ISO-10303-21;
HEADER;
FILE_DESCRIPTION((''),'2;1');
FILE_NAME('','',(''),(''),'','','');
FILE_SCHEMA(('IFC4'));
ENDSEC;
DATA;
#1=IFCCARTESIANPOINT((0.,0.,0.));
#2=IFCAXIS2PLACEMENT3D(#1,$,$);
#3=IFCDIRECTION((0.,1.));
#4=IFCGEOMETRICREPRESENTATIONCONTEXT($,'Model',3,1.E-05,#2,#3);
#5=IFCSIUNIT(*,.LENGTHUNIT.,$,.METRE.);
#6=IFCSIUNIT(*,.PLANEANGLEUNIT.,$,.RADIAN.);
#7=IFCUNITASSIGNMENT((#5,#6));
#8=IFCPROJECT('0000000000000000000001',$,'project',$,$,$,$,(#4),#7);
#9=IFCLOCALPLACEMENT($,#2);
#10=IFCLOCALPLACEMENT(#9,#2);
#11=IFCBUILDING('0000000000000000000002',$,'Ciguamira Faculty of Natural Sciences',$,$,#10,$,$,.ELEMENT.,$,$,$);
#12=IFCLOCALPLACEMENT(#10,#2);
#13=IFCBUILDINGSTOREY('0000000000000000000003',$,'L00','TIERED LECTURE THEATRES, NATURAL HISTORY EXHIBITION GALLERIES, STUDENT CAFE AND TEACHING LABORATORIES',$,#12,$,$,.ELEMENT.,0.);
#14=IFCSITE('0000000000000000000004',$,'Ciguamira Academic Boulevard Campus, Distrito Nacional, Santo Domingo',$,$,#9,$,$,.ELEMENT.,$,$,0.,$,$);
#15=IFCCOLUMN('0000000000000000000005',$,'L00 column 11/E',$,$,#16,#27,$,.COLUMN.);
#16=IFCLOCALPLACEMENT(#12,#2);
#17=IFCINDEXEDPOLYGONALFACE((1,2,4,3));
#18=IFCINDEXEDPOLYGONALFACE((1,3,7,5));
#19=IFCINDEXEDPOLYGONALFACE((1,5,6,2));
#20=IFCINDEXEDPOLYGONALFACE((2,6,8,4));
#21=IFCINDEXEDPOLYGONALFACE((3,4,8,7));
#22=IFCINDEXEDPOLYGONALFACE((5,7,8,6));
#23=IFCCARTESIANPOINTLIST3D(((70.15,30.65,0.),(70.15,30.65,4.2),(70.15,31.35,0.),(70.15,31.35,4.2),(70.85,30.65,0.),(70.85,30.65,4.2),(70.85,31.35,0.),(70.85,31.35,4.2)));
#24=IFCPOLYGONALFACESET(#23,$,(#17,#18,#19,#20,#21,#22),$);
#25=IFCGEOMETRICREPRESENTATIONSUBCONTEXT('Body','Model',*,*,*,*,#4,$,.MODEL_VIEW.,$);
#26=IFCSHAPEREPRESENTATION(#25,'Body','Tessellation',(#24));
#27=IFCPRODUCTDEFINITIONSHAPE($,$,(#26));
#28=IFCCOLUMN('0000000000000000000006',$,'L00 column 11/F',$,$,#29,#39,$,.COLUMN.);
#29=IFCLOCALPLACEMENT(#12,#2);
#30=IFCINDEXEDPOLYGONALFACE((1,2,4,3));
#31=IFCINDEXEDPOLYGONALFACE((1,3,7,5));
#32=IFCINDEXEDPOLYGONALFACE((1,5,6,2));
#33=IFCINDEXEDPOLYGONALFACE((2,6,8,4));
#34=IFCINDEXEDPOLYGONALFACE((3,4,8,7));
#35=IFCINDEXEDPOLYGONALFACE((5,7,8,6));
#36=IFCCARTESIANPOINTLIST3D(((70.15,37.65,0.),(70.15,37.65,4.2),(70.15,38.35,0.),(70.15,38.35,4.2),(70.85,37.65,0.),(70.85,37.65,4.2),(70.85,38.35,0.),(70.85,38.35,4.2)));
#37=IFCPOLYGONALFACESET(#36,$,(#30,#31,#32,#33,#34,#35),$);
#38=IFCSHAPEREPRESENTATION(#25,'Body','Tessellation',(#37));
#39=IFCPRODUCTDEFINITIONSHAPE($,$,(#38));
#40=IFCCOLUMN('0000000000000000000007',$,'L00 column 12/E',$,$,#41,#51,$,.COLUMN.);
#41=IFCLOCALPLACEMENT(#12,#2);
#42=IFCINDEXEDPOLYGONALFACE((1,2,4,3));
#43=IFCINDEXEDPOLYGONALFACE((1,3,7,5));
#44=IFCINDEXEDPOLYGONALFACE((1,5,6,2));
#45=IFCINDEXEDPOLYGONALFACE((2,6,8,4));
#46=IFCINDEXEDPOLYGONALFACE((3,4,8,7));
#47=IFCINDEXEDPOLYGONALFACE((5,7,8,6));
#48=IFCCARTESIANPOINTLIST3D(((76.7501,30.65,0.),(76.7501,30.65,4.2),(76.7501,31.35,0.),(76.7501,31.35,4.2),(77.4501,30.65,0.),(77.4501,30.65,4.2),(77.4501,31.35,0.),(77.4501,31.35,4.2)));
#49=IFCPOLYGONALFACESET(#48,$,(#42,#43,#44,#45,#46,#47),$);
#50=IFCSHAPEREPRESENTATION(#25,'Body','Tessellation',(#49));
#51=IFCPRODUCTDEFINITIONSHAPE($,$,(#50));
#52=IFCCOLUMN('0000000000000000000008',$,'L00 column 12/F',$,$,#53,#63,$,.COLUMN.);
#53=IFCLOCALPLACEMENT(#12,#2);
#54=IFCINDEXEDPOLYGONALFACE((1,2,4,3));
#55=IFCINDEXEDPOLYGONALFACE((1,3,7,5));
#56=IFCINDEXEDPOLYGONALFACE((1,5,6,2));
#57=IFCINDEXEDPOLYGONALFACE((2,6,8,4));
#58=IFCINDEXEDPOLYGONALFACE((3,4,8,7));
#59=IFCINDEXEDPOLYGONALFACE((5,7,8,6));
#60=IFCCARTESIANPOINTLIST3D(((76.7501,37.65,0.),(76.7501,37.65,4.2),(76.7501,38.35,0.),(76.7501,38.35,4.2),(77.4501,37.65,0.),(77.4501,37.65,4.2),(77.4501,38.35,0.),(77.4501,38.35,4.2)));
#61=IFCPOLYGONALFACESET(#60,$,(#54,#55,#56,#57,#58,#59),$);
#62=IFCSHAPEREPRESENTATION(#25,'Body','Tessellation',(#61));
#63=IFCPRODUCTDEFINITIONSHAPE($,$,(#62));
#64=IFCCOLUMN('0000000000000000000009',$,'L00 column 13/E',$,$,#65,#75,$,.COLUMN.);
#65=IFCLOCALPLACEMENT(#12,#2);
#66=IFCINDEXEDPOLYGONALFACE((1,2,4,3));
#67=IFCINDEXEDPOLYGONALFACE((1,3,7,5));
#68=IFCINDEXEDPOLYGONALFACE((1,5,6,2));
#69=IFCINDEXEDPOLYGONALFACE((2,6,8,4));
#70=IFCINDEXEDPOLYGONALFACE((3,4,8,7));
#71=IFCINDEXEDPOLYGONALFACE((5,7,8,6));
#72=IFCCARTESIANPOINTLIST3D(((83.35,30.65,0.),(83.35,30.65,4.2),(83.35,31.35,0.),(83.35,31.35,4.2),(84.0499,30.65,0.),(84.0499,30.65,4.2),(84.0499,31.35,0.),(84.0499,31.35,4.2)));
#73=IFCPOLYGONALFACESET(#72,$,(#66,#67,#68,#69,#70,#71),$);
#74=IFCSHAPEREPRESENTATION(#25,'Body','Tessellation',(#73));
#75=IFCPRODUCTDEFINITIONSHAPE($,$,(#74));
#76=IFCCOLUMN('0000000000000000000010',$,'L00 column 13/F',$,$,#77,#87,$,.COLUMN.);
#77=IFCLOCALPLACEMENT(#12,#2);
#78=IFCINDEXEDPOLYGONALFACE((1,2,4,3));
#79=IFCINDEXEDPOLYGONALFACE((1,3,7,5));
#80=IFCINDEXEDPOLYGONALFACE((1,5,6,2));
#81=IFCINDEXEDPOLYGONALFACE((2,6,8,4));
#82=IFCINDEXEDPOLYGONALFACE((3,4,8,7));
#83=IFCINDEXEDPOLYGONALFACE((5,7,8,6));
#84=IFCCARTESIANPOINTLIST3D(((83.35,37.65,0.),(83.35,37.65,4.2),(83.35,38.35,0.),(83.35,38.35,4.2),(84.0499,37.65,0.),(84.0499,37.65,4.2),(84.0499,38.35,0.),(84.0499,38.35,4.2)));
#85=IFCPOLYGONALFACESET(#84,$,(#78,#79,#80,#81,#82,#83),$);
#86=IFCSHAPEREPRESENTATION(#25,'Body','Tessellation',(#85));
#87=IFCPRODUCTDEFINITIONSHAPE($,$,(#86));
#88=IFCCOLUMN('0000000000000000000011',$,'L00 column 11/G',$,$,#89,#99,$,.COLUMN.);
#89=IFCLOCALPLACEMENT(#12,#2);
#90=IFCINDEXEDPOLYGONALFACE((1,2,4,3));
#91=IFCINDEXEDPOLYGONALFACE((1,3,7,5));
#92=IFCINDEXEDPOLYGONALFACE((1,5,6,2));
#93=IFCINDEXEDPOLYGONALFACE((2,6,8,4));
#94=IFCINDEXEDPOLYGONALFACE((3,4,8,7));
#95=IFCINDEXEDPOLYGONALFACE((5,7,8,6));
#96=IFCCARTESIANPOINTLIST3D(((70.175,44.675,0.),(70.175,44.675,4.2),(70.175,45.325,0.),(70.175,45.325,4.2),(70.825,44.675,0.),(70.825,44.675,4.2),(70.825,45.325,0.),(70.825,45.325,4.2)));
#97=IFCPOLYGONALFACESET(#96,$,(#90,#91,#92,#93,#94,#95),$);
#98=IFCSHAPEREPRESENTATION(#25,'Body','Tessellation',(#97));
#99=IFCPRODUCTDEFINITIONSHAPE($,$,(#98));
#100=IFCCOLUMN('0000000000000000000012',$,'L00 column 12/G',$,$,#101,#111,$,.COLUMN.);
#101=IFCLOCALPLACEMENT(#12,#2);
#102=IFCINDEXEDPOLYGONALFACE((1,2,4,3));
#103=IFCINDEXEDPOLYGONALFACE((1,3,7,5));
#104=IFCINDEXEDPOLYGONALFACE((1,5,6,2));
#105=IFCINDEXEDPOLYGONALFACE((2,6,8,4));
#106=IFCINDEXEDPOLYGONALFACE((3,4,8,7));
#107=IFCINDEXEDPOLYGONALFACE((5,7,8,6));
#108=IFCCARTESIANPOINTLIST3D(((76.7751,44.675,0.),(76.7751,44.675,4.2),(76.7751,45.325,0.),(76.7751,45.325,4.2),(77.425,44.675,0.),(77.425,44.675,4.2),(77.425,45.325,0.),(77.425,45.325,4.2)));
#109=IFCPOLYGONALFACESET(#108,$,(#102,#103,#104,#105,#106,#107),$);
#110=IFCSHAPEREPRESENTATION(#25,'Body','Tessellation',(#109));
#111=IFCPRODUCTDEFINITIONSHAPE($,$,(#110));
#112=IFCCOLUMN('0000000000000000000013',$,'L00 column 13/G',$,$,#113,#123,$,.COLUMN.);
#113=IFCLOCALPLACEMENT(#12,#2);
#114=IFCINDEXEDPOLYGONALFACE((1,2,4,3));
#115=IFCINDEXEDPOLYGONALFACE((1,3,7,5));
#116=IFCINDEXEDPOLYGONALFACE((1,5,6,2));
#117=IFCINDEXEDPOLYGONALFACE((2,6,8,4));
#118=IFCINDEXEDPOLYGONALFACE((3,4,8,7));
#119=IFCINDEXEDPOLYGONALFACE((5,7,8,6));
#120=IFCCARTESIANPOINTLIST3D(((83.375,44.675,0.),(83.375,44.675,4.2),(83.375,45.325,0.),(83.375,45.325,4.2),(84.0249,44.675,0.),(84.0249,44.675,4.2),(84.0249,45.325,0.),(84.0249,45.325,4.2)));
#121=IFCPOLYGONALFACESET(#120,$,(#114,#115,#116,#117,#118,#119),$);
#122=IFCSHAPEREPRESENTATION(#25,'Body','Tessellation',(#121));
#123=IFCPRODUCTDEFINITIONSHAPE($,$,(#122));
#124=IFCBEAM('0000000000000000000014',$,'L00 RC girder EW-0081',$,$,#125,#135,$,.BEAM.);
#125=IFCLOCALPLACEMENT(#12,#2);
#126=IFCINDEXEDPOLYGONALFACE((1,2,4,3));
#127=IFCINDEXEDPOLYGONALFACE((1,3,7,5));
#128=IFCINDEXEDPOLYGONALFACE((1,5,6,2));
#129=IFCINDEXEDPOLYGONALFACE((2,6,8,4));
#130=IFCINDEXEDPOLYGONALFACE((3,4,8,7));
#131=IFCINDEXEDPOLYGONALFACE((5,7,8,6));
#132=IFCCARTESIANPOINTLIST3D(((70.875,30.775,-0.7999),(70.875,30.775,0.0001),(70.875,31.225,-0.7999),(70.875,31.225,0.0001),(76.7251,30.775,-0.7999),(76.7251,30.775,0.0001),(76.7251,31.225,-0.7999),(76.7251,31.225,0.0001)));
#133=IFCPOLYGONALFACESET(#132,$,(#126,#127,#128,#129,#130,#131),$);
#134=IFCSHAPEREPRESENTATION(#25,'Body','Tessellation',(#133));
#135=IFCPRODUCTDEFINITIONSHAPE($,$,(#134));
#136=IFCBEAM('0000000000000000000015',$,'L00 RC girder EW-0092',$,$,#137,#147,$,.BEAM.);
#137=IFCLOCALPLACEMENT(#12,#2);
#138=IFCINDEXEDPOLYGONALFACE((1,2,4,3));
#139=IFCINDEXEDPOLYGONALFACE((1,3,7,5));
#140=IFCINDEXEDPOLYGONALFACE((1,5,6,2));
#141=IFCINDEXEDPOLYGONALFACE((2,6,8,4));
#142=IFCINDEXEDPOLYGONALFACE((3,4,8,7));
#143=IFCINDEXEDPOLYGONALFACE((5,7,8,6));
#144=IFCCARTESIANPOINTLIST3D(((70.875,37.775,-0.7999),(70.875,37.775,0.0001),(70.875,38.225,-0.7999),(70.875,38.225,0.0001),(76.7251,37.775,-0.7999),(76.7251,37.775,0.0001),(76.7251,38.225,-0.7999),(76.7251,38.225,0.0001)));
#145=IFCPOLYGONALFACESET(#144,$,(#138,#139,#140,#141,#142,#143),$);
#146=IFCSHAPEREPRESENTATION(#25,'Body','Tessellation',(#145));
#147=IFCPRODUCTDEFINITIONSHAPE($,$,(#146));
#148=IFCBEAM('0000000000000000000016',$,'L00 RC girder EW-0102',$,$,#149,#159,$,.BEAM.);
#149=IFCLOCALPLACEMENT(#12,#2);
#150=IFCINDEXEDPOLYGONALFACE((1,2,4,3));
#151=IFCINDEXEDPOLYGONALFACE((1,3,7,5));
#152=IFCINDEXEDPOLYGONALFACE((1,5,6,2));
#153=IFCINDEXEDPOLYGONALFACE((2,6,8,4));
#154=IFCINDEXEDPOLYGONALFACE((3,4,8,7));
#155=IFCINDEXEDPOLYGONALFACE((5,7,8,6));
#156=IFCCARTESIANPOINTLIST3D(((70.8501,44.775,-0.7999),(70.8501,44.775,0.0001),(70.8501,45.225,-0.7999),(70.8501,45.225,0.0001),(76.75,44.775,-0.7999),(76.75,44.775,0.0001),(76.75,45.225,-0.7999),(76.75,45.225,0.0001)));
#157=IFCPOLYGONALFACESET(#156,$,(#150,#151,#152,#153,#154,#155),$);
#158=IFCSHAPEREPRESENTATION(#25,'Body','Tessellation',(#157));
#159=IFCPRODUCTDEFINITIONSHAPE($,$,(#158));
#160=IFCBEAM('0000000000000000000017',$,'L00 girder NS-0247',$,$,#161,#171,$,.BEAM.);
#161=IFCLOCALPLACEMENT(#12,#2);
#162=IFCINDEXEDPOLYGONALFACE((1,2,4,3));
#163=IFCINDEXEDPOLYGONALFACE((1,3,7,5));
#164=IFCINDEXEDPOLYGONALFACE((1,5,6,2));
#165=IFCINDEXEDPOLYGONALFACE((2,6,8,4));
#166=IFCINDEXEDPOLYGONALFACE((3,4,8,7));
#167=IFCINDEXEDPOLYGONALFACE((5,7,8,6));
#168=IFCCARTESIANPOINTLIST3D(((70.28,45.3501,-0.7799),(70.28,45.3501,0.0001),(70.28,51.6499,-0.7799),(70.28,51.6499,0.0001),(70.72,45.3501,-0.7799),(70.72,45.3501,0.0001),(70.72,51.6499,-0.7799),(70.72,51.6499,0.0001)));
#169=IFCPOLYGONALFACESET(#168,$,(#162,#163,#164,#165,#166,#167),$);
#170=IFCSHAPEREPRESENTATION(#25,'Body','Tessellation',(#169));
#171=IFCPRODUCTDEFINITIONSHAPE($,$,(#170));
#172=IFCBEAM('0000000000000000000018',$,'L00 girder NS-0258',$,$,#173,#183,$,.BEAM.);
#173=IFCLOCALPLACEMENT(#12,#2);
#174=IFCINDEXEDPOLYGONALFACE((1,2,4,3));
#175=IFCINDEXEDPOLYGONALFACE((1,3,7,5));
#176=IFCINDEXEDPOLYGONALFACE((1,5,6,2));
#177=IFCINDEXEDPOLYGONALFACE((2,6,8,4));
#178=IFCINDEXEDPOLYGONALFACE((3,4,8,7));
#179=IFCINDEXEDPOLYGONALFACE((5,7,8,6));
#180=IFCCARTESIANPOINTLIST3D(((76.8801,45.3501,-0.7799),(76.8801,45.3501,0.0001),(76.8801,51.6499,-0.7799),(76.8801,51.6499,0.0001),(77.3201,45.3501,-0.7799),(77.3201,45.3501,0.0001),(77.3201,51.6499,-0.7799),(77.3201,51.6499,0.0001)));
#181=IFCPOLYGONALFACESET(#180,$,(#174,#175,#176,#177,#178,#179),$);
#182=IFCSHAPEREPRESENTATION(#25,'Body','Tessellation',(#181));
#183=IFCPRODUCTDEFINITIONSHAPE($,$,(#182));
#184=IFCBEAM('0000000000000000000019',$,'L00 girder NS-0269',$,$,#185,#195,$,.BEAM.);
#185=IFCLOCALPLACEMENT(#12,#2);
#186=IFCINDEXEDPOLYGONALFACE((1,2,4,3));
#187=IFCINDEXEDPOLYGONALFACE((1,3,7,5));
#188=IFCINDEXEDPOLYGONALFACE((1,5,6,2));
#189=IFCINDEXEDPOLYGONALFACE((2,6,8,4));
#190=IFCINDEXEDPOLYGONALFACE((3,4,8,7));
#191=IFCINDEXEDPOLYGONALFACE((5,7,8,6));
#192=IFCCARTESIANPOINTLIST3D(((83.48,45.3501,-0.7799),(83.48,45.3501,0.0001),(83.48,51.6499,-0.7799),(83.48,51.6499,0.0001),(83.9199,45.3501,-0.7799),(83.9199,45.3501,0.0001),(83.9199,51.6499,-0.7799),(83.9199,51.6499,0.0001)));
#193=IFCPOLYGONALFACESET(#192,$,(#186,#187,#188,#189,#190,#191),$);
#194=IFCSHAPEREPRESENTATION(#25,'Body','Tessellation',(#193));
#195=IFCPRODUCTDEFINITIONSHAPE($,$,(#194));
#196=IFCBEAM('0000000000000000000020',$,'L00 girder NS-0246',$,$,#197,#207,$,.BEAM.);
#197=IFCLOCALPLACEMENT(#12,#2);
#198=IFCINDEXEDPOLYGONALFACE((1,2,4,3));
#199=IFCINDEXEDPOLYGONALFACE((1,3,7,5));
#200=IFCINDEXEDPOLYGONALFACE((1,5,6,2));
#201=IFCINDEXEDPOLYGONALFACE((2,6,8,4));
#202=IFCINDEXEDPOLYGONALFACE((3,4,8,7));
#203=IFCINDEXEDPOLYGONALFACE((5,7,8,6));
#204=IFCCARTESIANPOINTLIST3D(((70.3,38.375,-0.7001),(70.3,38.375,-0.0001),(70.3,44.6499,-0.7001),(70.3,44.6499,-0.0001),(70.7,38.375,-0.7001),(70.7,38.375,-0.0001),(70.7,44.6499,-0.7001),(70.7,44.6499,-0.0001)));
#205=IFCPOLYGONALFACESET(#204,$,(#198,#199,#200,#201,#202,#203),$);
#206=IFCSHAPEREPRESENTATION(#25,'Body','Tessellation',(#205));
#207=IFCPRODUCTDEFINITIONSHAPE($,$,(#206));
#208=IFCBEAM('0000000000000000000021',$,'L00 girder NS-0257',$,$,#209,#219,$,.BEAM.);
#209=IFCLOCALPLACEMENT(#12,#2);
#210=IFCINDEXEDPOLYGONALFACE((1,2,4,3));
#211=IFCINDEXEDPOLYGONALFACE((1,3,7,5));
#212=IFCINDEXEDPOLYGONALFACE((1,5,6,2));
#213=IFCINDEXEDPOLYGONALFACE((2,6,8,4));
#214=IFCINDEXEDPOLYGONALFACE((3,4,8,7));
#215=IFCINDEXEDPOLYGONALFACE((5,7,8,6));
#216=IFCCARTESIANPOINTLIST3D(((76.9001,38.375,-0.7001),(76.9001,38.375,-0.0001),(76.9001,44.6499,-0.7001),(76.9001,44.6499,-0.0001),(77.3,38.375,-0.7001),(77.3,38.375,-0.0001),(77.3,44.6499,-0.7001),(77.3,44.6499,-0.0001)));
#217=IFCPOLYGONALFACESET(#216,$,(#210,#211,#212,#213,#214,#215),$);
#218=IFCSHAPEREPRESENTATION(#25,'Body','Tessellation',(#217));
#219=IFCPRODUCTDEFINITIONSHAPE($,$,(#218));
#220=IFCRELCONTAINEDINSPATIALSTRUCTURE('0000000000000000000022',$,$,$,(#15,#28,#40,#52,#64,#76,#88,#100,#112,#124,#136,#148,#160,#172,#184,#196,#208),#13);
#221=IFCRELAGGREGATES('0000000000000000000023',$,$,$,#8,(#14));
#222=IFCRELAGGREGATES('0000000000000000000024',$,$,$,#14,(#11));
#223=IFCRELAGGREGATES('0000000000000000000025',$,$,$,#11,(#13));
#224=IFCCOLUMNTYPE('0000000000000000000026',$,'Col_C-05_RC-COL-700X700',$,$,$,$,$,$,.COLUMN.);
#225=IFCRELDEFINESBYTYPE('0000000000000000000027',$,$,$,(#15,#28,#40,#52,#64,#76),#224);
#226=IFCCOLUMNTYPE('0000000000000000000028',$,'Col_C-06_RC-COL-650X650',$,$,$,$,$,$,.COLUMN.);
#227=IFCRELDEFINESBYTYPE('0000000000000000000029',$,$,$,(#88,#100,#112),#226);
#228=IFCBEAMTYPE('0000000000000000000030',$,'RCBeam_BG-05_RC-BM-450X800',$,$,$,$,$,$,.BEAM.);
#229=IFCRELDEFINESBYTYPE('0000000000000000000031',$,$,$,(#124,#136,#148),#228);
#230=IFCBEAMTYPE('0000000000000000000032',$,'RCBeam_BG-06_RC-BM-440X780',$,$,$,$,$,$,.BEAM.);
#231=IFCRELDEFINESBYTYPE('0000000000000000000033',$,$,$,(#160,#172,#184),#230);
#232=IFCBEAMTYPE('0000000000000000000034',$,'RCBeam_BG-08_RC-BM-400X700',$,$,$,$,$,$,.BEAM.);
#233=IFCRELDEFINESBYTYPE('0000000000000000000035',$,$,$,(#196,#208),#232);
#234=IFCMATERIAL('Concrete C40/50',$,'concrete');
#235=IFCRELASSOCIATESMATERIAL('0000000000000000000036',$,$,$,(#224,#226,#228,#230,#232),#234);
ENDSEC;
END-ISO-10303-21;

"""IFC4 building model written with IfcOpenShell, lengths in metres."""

from ifc_helpers import new_model, si_unit, direction, frame, origin, origin_2d, place, context, subcontext, project, spatial, rectangle, extrude, material, material_profile, profile_set, type_object, element, save


model = new_model("IFC4")

# Units and contexts
model_context = context("Model", 3, precision=1e-05, world=origin(), true_north=direction((0.0, 1.0)))
body_context = subcontext(model_context, "Body", "Model", "MODEL_VIEW")
ifc_project = project(units=[si_unit("LENGTHUNIT", "METRE"), si_unit("PLANEANGLEUNIT", "RADIAN")], contexts=[model_context])

# Site, building, storey
site_placement = place(None, origin())
site = spatial("IfcSite", under=ifc_project, at=site_placement, Name="Ciguamira Academic Boulevard Campus, Distrito Nacional, Santo Domingo", CompositionType="ELEMENT", RefElevation=0.0)
building_placement = place(site_placement, origin())
building = spatial("IfcBuilding", under=site, at=building_placement, Name="Ciguamira Faculty of Natural Sciences", CompositionType="ELEMENT")
storey_placement = place(building_placement, origin())
storey = spatial("IfcBuildingStorey", under=building, at=storey_placement, Name="L00", Description="TIERED LECTURE THEATRES, NATURAL HISTORY EXHIBITION GALLERIES, STUDENT CAFE AND TEACHING LABORATORIES", CompositionType="ELEMENT", Elevation=0.0)

# Columns
ifc_material_1 = material(Name="Concrete C40/50", Category="concrete")
ifc_material_profile_1 = material_profile(ifc_material_1, rectangle(XDim=0.7, YDim=0.7, at=origin_2d()), Name="RC-COL-700X700")
ifc_profile_set_1 = profile_set([ifc_material_profile_1], Name="Concrete C40/50")
column_type_1 = type_object("IfcColumnType", Name="Col_C-05_RC-COL-700X700", PredefinedType="COLUMN", material=ifc_profile_set_1)
for number, where, z_axis, x_axis, name in (
    (1, (70.5, 31.0, 0.0), (0.0, 0.0, 1.0), (1.0, 0.0, 0.0), "L00 column 11/E"),
    (2, (70.5, 38.0, 0.0), (0.0, 0.0, 1.0), (1.0, 0.0, 0.0), "L00 column 11/F"),
    (3, (77.1001, 31.0, 0.0), (0.0, 0.0, 1.0), (1.0, 0.0, 0.0), "L00 column 12/E"),
    (4, (77.1001, 38.0, 0.0), (0.0, 0.0, 1.0), (1.0, 0.0, 0.0), "L00 column 12/F"),
    (5, (83.7, 31.0, 0.0), (0.0, 0.0, 1.0), (1.0, 0.0, 0.0), "L00 column 13/E"),
    (6, (83.7, 38.0, 0.0), (0.0, 0.0, 1.0), (1.0, 0.0, 0.0), "L00 column 13/F"),
):
    element("IfcColumn", number, at=place(storey_placement, frame(where, z_axis=z_axis, x_axis=x_axis)), inside=storey, type_object=column_type_1, Name=name, PredefinedType="COLUMN", context=body_context, shape_type="SweptSolid", body=[
        extrude(rectangle(XDim=0.7, YDim=0.7, at=origin_2d()), origin(), (0.0, 0.0, 1.0), 4.2),
    ])
ifc_material_profile_2 = material_profile(ifc_material_1, rectangle(XDim=0.6499, YDim=0.6499, at=origin_2d()), Name="RC-COL-650X650")
ifc_profile_set_2 = profile_set([ifc_material_profile_2], Name="Concrete C40/50")
column_type_2 = type_object("IfcColumnType", Name="Col_C-06_RC-COL-650X650", PredefinedType="COLUMN", material=ifc_profile_set_2)
for number, where, z_axis, x_axis, name in (
    (7, (70.5, 45.0, 0.0), (0.0, 0.0, 1.0), (1.0, 0.0, 0.0), "L00 column 11/G"),
    (8, (77.1001, 45.0, 0.0), (0.0, 0.0, 1.0), (1.0, 0.0, 0.0), "L00 column 12/G"),
    (9, (83.7, 45.0, 0.0), (0.0, 0.0, 1.0), (1.0, 0.0, 0.0), "L00 column 13/G"),
):
    element("IfcColumn", number, at=place(storey_placement, frame(where, z_axis=z_axis, x_axis=x_axis)), inside=storey, type_object=column_type_2, Name=name, PredefinedType="COLUMN", context=body_context, shape_type="SweptSolid", body=[
        extrude(rectangle(XDim=0.6499, YDim=0.6499, at=origin_2d()), origin(), (0.0, 0.0, 1.0), 4.2),
    ])

# Beams
ifc_material_profile_3 = material_profile(ifc_material_1, rectangle(XDim=0.45, YDim=0.8, at=origin_2d()), Name="RC-BM-450X800")
ifc_profile_set_3 = profile_set([ifc_material_profile_3], Name="Concrete C40/50")
beam_type_1 = type_object("IfcBeamType", Name="RCBeam_BG-05_RC-BM-450X800", PredefinedType="BEAM", material=ifc_profile_set_3)
for number, where, z_axis, x_axis, name in (
    (10, (70.875, 31.0, -0.3999), (1.0, 0.0, 0.0), (0.0, 1.0, 0.0), "L00 RC girder EW-0081"),
    (11, (70.875, 38.0, -0.3999), (1.0, 0.0, 0.0), (0.0, 1.0, 0.0), "L00 RC girder EW-0092"),
):
    element("IfcBeam", number, at=place(storey_placement, frame(where, z_axis=z_axis, x_axis=x_axis)), inside=storey, type_object=beam_type_1, Name=name, PredefinedType="BEAM", context=body_context, shape_type="SweptSolid", body=[
        extrude(rectangle(XDim=0.45, YDim=0.8, at=origin_2d()), origin(), (0.0, 0.0, 1.0), 5.8501),
    ])
beam_1_placement = place(storey_placement, frame((70.8501, 45.0, -0.3999), z_axis=(1.0, 0.0, 0.0), x_axis=(0.0, 1.0, 0.0)))
element("IfcBeam", 12, at=beam_1_placement, inside=storey, type_object=beam_type_1, Name="L00 RC girder EW-0102", PredefinedType="BEAM", context=body_context, shape_type="SweptSolid", body=[
    extrude(rectangle(XDim=0.45, YDim=0.8, at=origin_2d()), origin(), (0.0, 0.0, 1.0), 5.8999),
])
ifc_material_profile_4 = material_profile(ifc_material_1, rectangle(XDim=0.4399, YDim=0.78, at=origin_2d()), Name="RC-BM-440X780")
ifc_profile_set_4 = profile_set([ifc_material_profile_4], Name="Concrete C40/50")
beam_type_2 = type_object("IfcBeamType", Name="RCBeam_BG-06_RC-BM-440X780", PredefinedType="BEAM", material=ifc_profile_set_4)
for number, where, z_axis, x_axis, name in (
    (13, (70.5, 45.3501, -0.3899), (0.0, 1.0, 0.0), (-1.0, 0.0, 0.0), "L00 girder NS-0247"),
    (14, (77.1001, 45.3501, -0.3899), (0.0, 1.0, 0.0), (-1.0, 0.0, 0.0), "L00 girder NS-0258"),
    (15, (83.7, 45.3501, -0.3899), (0.0, 1.0, 0.0), (-1.0, 0.0, 0.0), "L00 girder NS-0269"),
):
    element("IfcBeam", number, at=place(storey_placement, frame(where, z_axis=z_axis, x_axis=x_axis)), inside=storey, type_object=beam_type_2, Name=name, PredefinedType="BEAM", context=body_context, shape_type="SweptSolid", body=[
        extrude(rectangle(XDim=0.4399, YDim=0.78, at=origin_2d()), origin(), (0.0, 0.0, 1.0), 6.2998),
    ])
ifc_material_profile_5 = material_profile(ifc_material_1, rectangle(XDim=0.3999, YDim=0.7, at=origin_2d()), Name="RC-BM-400X700")
ifc_profile_set_5 = profile_set([ifc_material_profile_5], Name="Concrete C40/50")
beam_type_3 = type_object("IfcBeamType", Name="RCBeam_BG-08_RC-BM-400X700", PredefinedType="BEAM", material=ifc_profile_set_5)
for number, where, z_axis, x_axis, name in (
    (16, (70.5, 38.375, -0.3501), (0.0, 1.0, 0.0), (-1.0, 0.0, 0.0), "L00 girder NS-0246"),
    (17, (77.1001, 38.375, -0.3501), (0.0, 1.0, 0.0), (-1.0, 0.0, 0.0), "L00 girder NS-0257"),
):
    element("IfcBeam", number, at=place(storey_placement, frame(where, z_axis=z_axis, x_axis=x_axis)), inside=storey, type_object=beam_type_3, Name=name, PredefinedType="BEAM", context=body_context, shape_type="SweptSolid", body=[
        extrude(rectangle(XDim=0.3999, YDim=0.7, at=origin_2d()), origin(), (0.0, 0.0, 1.0), 6.2749),
    ])

save(model, "model.ifc")
